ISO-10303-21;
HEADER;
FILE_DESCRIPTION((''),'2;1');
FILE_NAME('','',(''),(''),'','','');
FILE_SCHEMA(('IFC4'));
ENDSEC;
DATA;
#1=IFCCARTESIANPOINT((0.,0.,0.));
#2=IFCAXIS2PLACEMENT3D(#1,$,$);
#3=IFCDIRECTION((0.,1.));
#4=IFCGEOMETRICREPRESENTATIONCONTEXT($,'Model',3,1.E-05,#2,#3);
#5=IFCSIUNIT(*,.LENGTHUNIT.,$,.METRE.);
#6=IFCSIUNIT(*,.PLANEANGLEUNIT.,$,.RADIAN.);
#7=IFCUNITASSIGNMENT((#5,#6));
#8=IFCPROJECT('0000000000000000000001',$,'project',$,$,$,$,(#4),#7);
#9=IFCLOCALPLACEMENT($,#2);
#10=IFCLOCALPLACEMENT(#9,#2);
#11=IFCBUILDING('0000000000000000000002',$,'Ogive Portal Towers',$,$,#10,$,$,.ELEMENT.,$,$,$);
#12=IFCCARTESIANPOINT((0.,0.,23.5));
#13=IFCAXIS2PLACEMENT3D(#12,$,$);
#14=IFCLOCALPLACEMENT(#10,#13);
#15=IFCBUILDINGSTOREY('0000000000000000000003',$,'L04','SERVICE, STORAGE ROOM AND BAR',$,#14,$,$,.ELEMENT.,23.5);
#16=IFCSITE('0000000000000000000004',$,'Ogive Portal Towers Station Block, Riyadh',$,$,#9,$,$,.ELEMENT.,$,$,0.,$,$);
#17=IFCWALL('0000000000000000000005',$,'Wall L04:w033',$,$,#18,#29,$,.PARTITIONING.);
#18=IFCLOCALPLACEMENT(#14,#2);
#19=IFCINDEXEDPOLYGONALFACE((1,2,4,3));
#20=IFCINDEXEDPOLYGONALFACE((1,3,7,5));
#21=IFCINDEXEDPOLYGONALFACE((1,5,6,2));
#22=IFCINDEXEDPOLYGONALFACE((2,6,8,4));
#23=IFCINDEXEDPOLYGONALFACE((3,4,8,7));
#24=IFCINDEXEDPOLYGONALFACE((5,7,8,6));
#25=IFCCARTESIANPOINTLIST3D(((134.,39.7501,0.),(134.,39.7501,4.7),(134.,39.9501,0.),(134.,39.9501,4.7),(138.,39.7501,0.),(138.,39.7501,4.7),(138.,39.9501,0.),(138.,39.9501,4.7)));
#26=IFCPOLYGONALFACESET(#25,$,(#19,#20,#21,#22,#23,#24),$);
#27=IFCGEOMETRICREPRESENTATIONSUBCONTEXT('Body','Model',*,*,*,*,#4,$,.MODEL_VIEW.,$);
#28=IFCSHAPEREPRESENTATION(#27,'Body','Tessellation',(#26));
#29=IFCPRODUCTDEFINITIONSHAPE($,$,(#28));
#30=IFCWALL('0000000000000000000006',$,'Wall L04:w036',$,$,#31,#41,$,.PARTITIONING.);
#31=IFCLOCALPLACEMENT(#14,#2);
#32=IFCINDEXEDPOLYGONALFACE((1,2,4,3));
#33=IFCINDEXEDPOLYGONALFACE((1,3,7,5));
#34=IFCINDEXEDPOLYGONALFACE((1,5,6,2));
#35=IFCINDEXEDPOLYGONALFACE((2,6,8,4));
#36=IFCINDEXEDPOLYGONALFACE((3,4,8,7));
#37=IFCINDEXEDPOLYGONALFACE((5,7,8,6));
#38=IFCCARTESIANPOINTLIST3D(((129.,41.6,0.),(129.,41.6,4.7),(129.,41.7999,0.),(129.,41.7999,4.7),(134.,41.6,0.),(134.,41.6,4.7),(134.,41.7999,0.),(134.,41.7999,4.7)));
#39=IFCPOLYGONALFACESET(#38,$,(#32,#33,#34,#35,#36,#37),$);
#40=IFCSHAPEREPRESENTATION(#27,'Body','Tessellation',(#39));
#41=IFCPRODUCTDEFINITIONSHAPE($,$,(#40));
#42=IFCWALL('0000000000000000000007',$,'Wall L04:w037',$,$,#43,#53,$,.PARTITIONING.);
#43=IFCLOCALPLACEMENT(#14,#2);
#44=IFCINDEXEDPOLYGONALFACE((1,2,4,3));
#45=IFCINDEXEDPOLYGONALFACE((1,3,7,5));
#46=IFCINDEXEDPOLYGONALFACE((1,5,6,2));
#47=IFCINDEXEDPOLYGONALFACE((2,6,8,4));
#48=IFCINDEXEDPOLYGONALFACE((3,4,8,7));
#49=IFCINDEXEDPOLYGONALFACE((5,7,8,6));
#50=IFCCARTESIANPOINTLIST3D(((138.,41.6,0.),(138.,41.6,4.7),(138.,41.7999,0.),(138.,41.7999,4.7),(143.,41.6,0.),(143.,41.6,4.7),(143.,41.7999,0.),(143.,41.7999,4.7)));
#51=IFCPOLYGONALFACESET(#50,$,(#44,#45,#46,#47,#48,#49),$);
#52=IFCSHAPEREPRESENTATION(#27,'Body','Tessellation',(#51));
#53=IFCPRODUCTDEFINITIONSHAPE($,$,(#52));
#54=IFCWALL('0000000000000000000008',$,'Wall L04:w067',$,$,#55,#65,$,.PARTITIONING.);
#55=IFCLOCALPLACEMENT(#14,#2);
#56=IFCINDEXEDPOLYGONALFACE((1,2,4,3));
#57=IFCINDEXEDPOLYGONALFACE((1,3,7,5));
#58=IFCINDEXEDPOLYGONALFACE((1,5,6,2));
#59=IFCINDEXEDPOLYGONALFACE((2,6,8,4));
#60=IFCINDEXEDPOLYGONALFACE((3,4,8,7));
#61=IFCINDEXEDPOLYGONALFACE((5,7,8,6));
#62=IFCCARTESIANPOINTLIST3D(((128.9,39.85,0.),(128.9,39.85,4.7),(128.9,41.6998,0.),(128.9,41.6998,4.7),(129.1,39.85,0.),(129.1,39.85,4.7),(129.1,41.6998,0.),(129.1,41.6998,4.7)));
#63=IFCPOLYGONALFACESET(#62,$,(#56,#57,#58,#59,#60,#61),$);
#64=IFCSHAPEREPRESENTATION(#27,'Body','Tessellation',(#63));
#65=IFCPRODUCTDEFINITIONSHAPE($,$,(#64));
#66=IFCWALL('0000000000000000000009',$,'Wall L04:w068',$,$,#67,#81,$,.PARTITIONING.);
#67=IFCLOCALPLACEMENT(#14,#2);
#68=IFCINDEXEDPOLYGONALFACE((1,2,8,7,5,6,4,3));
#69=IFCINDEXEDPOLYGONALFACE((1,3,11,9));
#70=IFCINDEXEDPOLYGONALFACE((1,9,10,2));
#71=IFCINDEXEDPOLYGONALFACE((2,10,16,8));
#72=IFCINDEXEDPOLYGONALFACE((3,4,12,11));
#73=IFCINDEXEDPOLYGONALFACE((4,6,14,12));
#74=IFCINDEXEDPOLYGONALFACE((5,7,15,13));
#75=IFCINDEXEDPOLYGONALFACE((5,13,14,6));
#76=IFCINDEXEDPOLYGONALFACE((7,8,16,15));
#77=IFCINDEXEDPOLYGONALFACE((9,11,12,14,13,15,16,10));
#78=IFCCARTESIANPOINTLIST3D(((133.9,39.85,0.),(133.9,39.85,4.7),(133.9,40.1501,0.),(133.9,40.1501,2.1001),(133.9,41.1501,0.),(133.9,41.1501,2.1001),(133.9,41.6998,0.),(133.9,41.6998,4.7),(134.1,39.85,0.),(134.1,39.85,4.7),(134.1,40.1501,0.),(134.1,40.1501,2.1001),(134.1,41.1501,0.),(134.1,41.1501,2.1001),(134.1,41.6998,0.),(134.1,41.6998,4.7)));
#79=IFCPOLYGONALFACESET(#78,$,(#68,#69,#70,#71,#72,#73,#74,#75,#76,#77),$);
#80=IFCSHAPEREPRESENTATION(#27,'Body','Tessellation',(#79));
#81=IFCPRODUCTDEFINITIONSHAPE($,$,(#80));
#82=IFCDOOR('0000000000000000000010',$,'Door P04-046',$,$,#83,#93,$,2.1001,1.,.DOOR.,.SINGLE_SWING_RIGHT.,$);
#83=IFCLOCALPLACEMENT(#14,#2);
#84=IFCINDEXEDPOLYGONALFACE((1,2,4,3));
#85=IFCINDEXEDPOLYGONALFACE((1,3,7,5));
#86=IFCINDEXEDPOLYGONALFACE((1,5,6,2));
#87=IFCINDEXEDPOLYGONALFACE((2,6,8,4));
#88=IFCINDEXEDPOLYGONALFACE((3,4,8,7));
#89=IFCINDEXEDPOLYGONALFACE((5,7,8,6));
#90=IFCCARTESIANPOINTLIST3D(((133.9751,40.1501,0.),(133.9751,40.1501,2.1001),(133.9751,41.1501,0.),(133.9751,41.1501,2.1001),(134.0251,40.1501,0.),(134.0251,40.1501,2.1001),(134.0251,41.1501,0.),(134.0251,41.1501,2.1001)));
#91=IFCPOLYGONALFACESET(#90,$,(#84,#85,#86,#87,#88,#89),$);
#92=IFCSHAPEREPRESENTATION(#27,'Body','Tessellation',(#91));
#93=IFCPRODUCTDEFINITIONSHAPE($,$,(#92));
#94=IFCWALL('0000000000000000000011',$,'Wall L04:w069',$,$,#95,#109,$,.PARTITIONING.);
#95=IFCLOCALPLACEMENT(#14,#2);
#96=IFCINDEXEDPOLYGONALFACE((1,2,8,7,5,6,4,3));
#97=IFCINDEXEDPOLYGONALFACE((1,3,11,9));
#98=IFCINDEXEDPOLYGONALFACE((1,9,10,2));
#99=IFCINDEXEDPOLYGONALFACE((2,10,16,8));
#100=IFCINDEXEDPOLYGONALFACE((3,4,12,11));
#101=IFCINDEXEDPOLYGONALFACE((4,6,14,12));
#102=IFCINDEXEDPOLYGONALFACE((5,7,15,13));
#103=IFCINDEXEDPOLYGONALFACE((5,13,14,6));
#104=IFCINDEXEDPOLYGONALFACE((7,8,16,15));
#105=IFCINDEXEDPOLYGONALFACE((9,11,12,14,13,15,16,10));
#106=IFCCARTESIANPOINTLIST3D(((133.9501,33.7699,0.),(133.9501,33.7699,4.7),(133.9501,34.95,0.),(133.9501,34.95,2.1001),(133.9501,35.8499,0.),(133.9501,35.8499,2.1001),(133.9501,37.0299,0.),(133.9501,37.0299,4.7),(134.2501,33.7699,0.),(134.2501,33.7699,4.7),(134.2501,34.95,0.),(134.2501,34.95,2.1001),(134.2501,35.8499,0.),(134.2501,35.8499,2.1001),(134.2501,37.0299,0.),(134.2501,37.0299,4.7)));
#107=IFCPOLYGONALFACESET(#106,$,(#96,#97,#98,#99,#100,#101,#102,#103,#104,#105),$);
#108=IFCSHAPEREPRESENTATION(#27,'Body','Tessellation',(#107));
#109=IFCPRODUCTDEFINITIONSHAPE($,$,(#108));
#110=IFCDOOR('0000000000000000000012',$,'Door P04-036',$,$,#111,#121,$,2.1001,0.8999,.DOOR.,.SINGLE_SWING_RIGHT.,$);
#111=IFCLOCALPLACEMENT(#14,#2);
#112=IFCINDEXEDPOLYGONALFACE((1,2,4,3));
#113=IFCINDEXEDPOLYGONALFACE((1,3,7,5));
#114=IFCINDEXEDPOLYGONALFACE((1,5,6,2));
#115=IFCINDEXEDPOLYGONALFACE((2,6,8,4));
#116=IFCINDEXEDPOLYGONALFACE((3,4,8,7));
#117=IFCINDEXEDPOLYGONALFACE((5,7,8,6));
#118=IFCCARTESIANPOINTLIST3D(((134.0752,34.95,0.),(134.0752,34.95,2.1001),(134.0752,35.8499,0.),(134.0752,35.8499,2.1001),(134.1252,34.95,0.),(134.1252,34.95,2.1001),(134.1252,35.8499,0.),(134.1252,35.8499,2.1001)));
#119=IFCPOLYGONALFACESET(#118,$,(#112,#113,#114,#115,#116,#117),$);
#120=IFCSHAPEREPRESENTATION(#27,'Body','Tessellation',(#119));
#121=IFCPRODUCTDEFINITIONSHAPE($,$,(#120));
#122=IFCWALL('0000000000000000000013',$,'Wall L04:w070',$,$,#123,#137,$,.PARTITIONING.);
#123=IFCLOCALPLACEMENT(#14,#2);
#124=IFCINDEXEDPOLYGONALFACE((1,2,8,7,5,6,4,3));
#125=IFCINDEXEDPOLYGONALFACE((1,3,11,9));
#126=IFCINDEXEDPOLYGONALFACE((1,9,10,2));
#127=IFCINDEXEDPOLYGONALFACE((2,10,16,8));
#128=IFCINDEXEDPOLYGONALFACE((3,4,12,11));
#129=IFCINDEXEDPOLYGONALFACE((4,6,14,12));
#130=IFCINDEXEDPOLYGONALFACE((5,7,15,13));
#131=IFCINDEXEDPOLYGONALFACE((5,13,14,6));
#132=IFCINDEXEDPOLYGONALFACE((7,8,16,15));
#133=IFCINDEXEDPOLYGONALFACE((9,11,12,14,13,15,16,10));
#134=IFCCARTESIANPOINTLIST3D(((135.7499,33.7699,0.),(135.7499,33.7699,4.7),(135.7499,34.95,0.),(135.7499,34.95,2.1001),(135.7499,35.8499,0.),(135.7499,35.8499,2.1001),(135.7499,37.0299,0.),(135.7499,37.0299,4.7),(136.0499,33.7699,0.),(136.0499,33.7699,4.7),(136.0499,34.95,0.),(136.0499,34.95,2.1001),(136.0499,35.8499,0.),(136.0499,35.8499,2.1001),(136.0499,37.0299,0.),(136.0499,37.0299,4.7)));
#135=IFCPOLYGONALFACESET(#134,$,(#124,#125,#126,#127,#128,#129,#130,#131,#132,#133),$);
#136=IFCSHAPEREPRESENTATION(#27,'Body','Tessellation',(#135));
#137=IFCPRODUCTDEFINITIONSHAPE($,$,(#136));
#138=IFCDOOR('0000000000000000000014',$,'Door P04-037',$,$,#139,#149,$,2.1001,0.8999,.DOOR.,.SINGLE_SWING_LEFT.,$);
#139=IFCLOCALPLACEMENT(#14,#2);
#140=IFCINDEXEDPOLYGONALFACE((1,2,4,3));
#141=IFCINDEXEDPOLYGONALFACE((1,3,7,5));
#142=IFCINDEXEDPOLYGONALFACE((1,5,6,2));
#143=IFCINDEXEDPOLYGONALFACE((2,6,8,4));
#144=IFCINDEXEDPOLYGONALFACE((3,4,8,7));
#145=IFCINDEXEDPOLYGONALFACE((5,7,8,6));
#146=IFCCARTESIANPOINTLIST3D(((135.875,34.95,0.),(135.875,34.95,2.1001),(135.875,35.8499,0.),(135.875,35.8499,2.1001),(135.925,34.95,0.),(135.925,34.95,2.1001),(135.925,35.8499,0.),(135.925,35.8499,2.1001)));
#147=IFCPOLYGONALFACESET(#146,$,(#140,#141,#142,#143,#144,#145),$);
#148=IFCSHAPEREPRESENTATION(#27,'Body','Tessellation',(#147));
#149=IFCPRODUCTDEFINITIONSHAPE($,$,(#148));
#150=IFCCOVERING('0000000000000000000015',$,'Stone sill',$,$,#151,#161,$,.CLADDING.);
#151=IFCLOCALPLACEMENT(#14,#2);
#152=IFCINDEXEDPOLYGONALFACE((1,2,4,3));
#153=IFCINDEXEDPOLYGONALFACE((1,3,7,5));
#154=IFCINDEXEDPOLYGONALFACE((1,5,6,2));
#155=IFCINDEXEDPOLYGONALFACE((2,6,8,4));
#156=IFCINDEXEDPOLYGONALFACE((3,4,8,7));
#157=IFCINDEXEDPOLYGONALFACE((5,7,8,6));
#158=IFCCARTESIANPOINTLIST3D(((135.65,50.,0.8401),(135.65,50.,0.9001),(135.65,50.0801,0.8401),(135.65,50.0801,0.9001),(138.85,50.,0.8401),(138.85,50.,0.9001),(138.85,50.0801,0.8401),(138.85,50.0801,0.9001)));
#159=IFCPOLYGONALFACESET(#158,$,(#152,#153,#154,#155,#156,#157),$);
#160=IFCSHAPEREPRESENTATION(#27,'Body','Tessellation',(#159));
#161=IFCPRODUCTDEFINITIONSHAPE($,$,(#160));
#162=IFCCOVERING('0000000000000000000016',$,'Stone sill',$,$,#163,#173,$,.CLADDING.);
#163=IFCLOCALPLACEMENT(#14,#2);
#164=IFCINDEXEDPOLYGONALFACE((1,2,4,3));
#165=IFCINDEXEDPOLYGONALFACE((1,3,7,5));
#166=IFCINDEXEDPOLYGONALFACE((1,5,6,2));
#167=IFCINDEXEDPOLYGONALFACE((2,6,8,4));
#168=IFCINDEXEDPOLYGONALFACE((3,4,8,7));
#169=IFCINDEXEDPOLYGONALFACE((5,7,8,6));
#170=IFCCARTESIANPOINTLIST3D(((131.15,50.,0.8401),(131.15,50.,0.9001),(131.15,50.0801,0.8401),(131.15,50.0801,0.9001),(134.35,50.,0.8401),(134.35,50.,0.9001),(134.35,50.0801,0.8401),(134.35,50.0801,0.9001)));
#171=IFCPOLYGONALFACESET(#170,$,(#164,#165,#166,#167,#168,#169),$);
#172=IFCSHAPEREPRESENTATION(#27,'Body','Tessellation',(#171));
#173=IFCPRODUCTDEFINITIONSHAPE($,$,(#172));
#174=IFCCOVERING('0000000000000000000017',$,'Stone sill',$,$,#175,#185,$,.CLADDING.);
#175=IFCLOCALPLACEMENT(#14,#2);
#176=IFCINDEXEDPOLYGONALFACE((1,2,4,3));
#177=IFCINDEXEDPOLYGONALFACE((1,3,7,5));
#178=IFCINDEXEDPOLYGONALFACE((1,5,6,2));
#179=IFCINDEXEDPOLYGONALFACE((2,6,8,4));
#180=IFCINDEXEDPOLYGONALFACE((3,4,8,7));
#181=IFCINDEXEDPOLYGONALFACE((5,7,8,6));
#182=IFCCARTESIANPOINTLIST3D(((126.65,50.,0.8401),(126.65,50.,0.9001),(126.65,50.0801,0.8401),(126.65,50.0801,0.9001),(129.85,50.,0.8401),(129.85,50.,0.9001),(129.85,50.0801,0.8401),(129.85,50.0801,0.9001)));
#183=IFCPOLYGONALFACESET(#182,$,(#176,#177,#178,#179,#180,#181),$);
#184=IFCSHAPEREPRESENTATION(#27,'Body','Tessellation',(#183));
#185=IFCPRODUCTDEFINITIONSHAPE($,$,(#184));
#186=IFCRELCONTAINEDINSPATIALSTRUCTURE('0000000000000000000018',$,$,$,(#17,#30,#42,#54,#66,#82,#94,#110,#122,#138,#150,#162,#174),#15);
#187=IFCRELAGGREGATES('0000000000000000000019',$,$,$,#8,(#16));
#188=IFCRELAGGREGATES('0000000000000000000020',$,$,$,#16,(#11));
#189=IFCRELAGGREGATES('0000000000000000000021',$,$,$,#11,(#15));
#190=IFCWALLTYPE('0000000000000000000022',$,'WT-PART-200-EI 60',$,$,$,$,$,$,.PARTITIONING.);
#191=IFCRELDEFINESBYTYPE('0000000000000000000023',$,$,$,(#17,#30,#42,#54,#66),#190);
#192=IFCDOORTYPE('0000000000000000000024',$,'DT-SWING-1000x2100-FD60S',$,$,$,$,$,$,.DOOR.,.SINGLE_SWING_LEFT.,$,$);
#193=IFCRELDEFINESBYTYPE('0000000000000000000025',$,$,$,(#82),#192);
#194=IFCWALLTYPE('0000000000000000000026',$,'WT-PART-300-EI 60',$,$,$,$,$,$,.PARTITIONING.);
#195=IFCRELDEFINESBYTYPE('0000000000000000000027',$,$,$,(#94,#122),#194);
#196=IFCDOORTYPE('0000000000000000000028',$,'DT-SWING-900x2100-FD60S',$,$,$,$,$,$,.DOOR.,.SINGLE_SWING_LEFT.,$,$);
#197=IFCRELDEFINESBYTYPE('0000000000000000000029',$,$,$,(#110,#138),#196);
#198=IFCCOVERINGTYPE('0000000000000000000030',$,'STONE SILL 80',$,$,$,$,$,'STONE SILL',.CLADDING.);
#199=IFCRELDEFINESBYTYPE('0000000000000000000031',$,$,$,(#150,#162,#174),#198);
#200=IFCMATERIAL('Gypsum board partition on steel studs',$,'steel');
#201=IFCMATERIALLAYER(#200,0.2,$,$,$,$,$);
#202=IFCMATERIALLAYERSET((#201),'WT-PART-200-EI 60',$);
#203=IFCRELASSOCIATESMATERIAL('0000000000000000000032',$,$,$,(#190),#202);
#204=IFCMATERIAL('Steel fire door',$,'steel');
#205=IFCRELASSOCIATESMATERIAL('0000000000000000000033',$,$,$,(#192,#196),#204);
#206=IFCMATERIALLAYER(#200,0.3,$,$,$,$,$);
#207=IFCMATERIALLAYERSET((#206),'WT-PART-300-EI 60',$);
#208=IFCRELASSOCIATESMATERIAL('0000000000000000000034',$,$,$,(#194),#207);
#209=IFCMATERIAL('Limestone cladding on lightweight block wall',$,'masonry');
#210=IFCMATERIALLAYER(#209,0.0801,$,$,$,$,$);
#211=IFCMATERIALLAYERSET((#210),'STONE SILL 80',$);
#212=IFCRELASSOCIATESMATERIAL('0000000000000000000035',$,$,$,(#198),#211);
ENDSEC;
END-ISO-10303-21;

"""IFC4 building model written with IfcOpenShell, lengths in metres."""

from ifc_helpers import new_model, si_unit, direction, frame, frame_2d, origin, origin_2d, place, context, subcontext, project, spatial, rectangle, extrude, material, layer, layer_set, type_object, element, fill, save


model = new_model("IFC4")

# Units and contexts
model_context = context("Model", 3, precision=1e-05, world=origin(), true_north=direction((0.0, 1.0)))
body_context = subcontext(model_context, "Body", "Model", "MODEL_VIEW")
ifc_project = project(units=[si_unit("LENGTHUNIT", "METRE"), si_unit("PLANEANGLEUNIT", "RADIAN")], contexts=[model_context])

# Site, building, storey
site_placement = place(None, origin())
site = spatial("IfcSite", under=ifc_project, at=site_placement, Name="Ogive Portal Towers Station Block, Riyadh", CompositionType="ELEMENT", RefElevation=0.0)
building_placement = place(site_placement, origin())
building = spatial("IfcBuilding", under=site, at=building_placement, Name="Ogive Portal Towers", CompositionType="ELEMENT")
storey_placement = place(building_placement, frame((0.0, 0.0, 23.5)))
storey = spatial("IfcBuildingStorey", under=building, at=storey_placement, Name="L04", Description="SERVICE, STORAGE ROOM AND BAR", CompositionType="ELEMENT", Elevation=23.5)

# Shared definitions
ifc_material_1 = material(Name="Steel fire door", Category="steel")

# Walls
ifc_material_2 = material(Name="Gypsum board partition on steel studs", Category="steel")
ifc_layer_1 = layer(ifc_material_2, 0.2)
ifc_layer_set_1 = layer_set([ifc_layer_1], Name="WT-PART-200-EI 60")
wall_type_1 = type_object("IfcWallType", Name="WT-PART-200-EI 60", PredefinedType="PARTITIONING", material=ifc_layer_set_1)
wall_1_placement = place(storey_placement, frame((134.0, 39.8501, 0.0), z_axis=(0.0, 0.0, 1.0), x_axis=(1.0, 0.0, 0.0)))
element("IfcWall", 1, at=wall_1_placement, inside=storey, type_object=wall_type_1, Name="Wall L04:w033", PredefinedType="PARTITIONING", context=body_context, shape_type="SweptSolid", body=[
    extrude(rectangle(XDim=4.0, YDim=0.2, at=frame_2d((2.0, 0.0))), origin(), (0.0, 0.0, 1.0), 4.7),
])
for number, where, z_axis, x_axis, name in (
    (2, (129.0, 41.7, 0.0), (0.0, 0.0, 1.0), (1.0, 0.0, 0.0), "Wall L04:w036"),
    (3, (138.0, 41.7, 0.0), (0.0, 0.0, 1.0), (1.0, 0.0, 0.0), "Wall L04:w037"),
):
    element("IfcWall", number, at=place(storey_placement, frame(where, z_axis=z_axis, x_axis=x_axis)), inside=storey, type_object=wall_type_1, Name=name, PredefinedType="PARTITIONING", context=body_context, shape_type="SweptSolid", body=[
        extrude(rectangle(XDim=5.0, YDim=0.2, at=frame_2d((2.5, 0.0))), origin(), (0.0, 0.0, 1.0), 4.7),
    ])
wall_2_placement = place(storey_placement, frame((129.0, 39.8501, 0.0), z_axis=(0.0, 0.0, 1.0), x_axis=(0.0, 1.0, 0.0)))
element("IfcWall", 4, at=wall_2_placement, inside=storey, type_object=wall_type_1, Name="Wall L04:w067", PredefinedType="PARTITIONING", context=body_context, shape_type="SweptSolid", body=[
    extrude(rectangle(XDim=1.8499, YDim=0.2, at=frame_2d((0.9248, 0.0))), origin(), (0.0, 0.0, 1.0), 4.7),
])

# Walls, openings, doors
wall_3_placement = place(storey_placement, frame((134.0, 39.8501, 0.0), z_axis=(0.0, 0.0, 1.0), x_axis=(0.0, 1.0, 0.0)))
wall_3 = element("IfcWall", 5, at=wall_3_placement, inside=storey, type_object=wall_type_1, Name="Wall L04:w068", PredefinedType="PARTITIONING", context=body_context, shape_type="SweptSolid", body=[
    extrude(rectangle(XDim=1.8499, YDim=0.2, at=frame_2d((0.9248, 0.0))), origin(), (0.0, 0.0, 1.0), 4.7),
])
opening_1_placement = place(wall_3_placement, frame((0.3, 0.0, 0.0)))
opening_1 = element("IfcOpeningElement", 6, at=opening_1_placement, cuts=wall_3, PredefinedType="OPENING", context=body_context, shape_type="SweptSolid", body=[
    extrude(rectangle(XDim=1.0, YDim=2.1001, at=frame_2d((0.5, 1.05))), frame((0.0, 0.1099, 0.0), z_axis=(0.0, -1.0, 0.0), x_axis=(1.0, 0.0, 0.0)), (0.0, 0.0, 1.0), 0.22),
])
door_type_1 = type_object("IfcDoorType", Name="DT-SWING-1000x2100-FD60S", OperationType="SINGLE_SWING_LEFT", PredefinedType="DOOR", material=ifc_material_1)
door_1_placement = place(opening_1_placement, origin())
door_1 = element("IfcDoor", 7, at=door_1_placement, inside=storey, type_object=door_type_1, Name="Door P04-046", OperationType="SINGLE_SWING_RIGHT", OverallHeight=2.1001, OverallWidth=1.0, PredefinedType="DOOR", context=body_context, shape_type="SweptSolid", body=[
    extrude(rectangle(XDim=1.0, YDim=2.1001, at=frame_2d((0.5, 1.05))), frame((0.0, 0.0249, 0.0), z_axis=(0.0, -1.0, 0.0), x_axis=(1.0, 0.0, 0.0)), (0.0, 0.0, 1.0), 0.05),
])
fill(opening_1, door_1)
ifc_layer_2 = layer(ifc_material_2, 0.3)
ifc_layer_set_2 = layer_set([ifc_layer_2], Name="WT-PART-300-EI 60")
wall_type_2 = type_object("IfcWallType", Name="WT-PART-300-EI 60", PredefinedType="PARTITIONING", material=ifc_layer_set_2)
wall_4_placement = place(storey_placement, frame((134.1001, 33.77, 0.0), z_axis=(0.0, 0.0, 1.0), x_axis=(0.0, 1.0, 0.0)))
wall_4 = element("IfcWall", 8, at=wall_4_placement, inside=storey, type_object=wall_type_2, Name="Wall L04:w069", PredefinedType="PARTITIONING", context=body_context, shape_type="SweptSolid", body=[
    extrude(rectangle(XDim=3.26, YDim=0.3, at=frame_2d((1.6299, 0.0))), origin(), (0.0, 0.0, 1.0), 4.7),
])
opening_2_placement = place(wall_4_placement, frame((1.1799, 0.0, 0.0)))
opening_2 = element("IfcOpeningElement", 9, at=opening_2_placement, cuts=wall_4, PredefinedType="OPENING", context=body_context, shape_type="SweptSolid", body=[
    extrude(rectangle(XDim=0.8999, YDim=2.1001, at=frame_2d((0.45, 1.05))), frame((0.0, 0.1602, 0.0), z_axis=(0.0, -1.0, 0.0), x_axis=(1.0, 0.0, 0.0)), (0.0, 0.0, 1.0), 0.3201),
])
door_type_2 = type_object("IfcDoorType", Name="DT-SWING-900x2100-FD60S", OperationType="SINGLE_SWING_LEFT", PredefinedType="DOOR", material=ifc_material_1)
door_2_placement = place(opening_2_placement, origin())
door_2 = element("IfcDoor", 10, at=door_2_placement, inside=storey, type_object=door_type_2, Name="Door P04-036", OperationType="SINGLE_SWING_RIGHT", OverallHeight=2.1001, OverallWidth=0.8999, PredefinedType="DOOR", context=body_context, shape_type="SweptSolid", body=[
    extrude(rectangle(XDim=0.8999, YDim=2.1001, at=frame_2d((0.45, 1.05))), frame((0.0, 0.0249, 0.0), z_axis=(0.0, -1.0, 0.0), x_axis=(1.0, 0.0, 0.0)), (0.0, 0.0, 1.0), 0.05),
])
fill(opening_2, door_2)
wall_5_placement = place(storey_placement, frame((135.8999, 33.77, 0.0), z_axis=(0.0, 0.0, 1.0), x_axis=(0.0, 1.0, 0.0)))
wall_5 = element("IfcWall", 11, at=wall_5_placement, inside=storey, type_object=wall_type_2, Name="Wall L04:w070", PredefinedType="PARTITIONING", context=body_context, shape_type="SweptSolid", body=[
    extrude(rectangle(XDim=3.26, YDim=0.3, at=frame_2d((1.6299, 0.0))), origin(), (0.0, 0.0, 1.0), 4.7),
])
opening_3_placement = place(wall_5_placement, frame((1.1799, 0.0, 0.0)))
opening_3 = element("IfcOpeningElement", 12, at=opening_3_placement, cuts=wall_5, PredefinedType="OPENING", context=body_context, shape_type="SweptSolid", body=[
    extrude(rectangle(XDim=0.8999, YDim=2.1001, at=frame_2d((0.45, 1.05))), frame((0.0, 0.1602, 0.0), z_axis=(0.0, -1.0, 0.0), x_axis=(1.0, 0.0, 0.0)), (0.0, 0.0, 1.0), 0.3201),
])
door_3_placement = place(opening_3_placement, origin())
door_3 = element("IfcDoor", 13, at=door_3_placement, inside=storey, type_object=door_type_2, Name="Door P04-037", OperationType="SINGLE_SWING_LEFT", OverallHeight=2.1001, OverallWidth=0.8999, PredefinedType="DOOR", context=body_context, shape_type="SweptSolid", body=[
    extrude(rectangle(XDim=0.8999, YDim=2.1001, at=frame_2d((0.45, 1.05))), frame((0.0, 0.0249, 0.0), z_axis=(0.0, -1.0, 0.0), x_axis=(1.0, 0.0, 0.0)), (0.0, 0.0, 1.0), 0.05),
])
fill(opening_3, door_3)

# Coverings
ifc_material_3 = material(Name="Limestone cladding on lightweight block wall", Category="masonry")
ifc_layer_3 = layer(ifc_material_3, 0.0801)
ifc_layer_set_3 = layer_set([ifc_layer_3], Name="STONE SILL 80")
covering_type = type_object("IfcCoveringType", Name="STONE SILL 80", ElementType="STONE SILL", PredefinedType="CLADDING", material=ifc_layer_set_3)
for number, where, z_axis, x_axis, name in (
    (14, (137.25, 50.04, 0.8401), (0.0, 0.0, 1.0), (-1.0, 0.0, 0.0), "Stone sill"),
    (15, (132.75, 50.04, 0.8401), (0.0, 0.0, 1.0), (-1.0, 0.0, 0.0), "Stone sill"),
    (16, (128.25, 50.04, 0.8401), (0.0, 0.0, 1.0), (-1.0, 0.0, 0.0), "Stone sill"),
):
    element("IfcCovering", number, at=place(storey_placement, frame(where, z_axis=z_axis, x_axis=x_axis)), inside=storey, type_object=covering_type, Name=name, PredefinedType="CLADDING", context=body_context, shape_type="SweptSolid", body=[
        extrude(rectangle(XDim=3.2, YDim=0.0801, at=origin_2d()), origin(), (0.0, 0.0, 1.0), 0.0601),
    ])

save(model, "model.ifc")
